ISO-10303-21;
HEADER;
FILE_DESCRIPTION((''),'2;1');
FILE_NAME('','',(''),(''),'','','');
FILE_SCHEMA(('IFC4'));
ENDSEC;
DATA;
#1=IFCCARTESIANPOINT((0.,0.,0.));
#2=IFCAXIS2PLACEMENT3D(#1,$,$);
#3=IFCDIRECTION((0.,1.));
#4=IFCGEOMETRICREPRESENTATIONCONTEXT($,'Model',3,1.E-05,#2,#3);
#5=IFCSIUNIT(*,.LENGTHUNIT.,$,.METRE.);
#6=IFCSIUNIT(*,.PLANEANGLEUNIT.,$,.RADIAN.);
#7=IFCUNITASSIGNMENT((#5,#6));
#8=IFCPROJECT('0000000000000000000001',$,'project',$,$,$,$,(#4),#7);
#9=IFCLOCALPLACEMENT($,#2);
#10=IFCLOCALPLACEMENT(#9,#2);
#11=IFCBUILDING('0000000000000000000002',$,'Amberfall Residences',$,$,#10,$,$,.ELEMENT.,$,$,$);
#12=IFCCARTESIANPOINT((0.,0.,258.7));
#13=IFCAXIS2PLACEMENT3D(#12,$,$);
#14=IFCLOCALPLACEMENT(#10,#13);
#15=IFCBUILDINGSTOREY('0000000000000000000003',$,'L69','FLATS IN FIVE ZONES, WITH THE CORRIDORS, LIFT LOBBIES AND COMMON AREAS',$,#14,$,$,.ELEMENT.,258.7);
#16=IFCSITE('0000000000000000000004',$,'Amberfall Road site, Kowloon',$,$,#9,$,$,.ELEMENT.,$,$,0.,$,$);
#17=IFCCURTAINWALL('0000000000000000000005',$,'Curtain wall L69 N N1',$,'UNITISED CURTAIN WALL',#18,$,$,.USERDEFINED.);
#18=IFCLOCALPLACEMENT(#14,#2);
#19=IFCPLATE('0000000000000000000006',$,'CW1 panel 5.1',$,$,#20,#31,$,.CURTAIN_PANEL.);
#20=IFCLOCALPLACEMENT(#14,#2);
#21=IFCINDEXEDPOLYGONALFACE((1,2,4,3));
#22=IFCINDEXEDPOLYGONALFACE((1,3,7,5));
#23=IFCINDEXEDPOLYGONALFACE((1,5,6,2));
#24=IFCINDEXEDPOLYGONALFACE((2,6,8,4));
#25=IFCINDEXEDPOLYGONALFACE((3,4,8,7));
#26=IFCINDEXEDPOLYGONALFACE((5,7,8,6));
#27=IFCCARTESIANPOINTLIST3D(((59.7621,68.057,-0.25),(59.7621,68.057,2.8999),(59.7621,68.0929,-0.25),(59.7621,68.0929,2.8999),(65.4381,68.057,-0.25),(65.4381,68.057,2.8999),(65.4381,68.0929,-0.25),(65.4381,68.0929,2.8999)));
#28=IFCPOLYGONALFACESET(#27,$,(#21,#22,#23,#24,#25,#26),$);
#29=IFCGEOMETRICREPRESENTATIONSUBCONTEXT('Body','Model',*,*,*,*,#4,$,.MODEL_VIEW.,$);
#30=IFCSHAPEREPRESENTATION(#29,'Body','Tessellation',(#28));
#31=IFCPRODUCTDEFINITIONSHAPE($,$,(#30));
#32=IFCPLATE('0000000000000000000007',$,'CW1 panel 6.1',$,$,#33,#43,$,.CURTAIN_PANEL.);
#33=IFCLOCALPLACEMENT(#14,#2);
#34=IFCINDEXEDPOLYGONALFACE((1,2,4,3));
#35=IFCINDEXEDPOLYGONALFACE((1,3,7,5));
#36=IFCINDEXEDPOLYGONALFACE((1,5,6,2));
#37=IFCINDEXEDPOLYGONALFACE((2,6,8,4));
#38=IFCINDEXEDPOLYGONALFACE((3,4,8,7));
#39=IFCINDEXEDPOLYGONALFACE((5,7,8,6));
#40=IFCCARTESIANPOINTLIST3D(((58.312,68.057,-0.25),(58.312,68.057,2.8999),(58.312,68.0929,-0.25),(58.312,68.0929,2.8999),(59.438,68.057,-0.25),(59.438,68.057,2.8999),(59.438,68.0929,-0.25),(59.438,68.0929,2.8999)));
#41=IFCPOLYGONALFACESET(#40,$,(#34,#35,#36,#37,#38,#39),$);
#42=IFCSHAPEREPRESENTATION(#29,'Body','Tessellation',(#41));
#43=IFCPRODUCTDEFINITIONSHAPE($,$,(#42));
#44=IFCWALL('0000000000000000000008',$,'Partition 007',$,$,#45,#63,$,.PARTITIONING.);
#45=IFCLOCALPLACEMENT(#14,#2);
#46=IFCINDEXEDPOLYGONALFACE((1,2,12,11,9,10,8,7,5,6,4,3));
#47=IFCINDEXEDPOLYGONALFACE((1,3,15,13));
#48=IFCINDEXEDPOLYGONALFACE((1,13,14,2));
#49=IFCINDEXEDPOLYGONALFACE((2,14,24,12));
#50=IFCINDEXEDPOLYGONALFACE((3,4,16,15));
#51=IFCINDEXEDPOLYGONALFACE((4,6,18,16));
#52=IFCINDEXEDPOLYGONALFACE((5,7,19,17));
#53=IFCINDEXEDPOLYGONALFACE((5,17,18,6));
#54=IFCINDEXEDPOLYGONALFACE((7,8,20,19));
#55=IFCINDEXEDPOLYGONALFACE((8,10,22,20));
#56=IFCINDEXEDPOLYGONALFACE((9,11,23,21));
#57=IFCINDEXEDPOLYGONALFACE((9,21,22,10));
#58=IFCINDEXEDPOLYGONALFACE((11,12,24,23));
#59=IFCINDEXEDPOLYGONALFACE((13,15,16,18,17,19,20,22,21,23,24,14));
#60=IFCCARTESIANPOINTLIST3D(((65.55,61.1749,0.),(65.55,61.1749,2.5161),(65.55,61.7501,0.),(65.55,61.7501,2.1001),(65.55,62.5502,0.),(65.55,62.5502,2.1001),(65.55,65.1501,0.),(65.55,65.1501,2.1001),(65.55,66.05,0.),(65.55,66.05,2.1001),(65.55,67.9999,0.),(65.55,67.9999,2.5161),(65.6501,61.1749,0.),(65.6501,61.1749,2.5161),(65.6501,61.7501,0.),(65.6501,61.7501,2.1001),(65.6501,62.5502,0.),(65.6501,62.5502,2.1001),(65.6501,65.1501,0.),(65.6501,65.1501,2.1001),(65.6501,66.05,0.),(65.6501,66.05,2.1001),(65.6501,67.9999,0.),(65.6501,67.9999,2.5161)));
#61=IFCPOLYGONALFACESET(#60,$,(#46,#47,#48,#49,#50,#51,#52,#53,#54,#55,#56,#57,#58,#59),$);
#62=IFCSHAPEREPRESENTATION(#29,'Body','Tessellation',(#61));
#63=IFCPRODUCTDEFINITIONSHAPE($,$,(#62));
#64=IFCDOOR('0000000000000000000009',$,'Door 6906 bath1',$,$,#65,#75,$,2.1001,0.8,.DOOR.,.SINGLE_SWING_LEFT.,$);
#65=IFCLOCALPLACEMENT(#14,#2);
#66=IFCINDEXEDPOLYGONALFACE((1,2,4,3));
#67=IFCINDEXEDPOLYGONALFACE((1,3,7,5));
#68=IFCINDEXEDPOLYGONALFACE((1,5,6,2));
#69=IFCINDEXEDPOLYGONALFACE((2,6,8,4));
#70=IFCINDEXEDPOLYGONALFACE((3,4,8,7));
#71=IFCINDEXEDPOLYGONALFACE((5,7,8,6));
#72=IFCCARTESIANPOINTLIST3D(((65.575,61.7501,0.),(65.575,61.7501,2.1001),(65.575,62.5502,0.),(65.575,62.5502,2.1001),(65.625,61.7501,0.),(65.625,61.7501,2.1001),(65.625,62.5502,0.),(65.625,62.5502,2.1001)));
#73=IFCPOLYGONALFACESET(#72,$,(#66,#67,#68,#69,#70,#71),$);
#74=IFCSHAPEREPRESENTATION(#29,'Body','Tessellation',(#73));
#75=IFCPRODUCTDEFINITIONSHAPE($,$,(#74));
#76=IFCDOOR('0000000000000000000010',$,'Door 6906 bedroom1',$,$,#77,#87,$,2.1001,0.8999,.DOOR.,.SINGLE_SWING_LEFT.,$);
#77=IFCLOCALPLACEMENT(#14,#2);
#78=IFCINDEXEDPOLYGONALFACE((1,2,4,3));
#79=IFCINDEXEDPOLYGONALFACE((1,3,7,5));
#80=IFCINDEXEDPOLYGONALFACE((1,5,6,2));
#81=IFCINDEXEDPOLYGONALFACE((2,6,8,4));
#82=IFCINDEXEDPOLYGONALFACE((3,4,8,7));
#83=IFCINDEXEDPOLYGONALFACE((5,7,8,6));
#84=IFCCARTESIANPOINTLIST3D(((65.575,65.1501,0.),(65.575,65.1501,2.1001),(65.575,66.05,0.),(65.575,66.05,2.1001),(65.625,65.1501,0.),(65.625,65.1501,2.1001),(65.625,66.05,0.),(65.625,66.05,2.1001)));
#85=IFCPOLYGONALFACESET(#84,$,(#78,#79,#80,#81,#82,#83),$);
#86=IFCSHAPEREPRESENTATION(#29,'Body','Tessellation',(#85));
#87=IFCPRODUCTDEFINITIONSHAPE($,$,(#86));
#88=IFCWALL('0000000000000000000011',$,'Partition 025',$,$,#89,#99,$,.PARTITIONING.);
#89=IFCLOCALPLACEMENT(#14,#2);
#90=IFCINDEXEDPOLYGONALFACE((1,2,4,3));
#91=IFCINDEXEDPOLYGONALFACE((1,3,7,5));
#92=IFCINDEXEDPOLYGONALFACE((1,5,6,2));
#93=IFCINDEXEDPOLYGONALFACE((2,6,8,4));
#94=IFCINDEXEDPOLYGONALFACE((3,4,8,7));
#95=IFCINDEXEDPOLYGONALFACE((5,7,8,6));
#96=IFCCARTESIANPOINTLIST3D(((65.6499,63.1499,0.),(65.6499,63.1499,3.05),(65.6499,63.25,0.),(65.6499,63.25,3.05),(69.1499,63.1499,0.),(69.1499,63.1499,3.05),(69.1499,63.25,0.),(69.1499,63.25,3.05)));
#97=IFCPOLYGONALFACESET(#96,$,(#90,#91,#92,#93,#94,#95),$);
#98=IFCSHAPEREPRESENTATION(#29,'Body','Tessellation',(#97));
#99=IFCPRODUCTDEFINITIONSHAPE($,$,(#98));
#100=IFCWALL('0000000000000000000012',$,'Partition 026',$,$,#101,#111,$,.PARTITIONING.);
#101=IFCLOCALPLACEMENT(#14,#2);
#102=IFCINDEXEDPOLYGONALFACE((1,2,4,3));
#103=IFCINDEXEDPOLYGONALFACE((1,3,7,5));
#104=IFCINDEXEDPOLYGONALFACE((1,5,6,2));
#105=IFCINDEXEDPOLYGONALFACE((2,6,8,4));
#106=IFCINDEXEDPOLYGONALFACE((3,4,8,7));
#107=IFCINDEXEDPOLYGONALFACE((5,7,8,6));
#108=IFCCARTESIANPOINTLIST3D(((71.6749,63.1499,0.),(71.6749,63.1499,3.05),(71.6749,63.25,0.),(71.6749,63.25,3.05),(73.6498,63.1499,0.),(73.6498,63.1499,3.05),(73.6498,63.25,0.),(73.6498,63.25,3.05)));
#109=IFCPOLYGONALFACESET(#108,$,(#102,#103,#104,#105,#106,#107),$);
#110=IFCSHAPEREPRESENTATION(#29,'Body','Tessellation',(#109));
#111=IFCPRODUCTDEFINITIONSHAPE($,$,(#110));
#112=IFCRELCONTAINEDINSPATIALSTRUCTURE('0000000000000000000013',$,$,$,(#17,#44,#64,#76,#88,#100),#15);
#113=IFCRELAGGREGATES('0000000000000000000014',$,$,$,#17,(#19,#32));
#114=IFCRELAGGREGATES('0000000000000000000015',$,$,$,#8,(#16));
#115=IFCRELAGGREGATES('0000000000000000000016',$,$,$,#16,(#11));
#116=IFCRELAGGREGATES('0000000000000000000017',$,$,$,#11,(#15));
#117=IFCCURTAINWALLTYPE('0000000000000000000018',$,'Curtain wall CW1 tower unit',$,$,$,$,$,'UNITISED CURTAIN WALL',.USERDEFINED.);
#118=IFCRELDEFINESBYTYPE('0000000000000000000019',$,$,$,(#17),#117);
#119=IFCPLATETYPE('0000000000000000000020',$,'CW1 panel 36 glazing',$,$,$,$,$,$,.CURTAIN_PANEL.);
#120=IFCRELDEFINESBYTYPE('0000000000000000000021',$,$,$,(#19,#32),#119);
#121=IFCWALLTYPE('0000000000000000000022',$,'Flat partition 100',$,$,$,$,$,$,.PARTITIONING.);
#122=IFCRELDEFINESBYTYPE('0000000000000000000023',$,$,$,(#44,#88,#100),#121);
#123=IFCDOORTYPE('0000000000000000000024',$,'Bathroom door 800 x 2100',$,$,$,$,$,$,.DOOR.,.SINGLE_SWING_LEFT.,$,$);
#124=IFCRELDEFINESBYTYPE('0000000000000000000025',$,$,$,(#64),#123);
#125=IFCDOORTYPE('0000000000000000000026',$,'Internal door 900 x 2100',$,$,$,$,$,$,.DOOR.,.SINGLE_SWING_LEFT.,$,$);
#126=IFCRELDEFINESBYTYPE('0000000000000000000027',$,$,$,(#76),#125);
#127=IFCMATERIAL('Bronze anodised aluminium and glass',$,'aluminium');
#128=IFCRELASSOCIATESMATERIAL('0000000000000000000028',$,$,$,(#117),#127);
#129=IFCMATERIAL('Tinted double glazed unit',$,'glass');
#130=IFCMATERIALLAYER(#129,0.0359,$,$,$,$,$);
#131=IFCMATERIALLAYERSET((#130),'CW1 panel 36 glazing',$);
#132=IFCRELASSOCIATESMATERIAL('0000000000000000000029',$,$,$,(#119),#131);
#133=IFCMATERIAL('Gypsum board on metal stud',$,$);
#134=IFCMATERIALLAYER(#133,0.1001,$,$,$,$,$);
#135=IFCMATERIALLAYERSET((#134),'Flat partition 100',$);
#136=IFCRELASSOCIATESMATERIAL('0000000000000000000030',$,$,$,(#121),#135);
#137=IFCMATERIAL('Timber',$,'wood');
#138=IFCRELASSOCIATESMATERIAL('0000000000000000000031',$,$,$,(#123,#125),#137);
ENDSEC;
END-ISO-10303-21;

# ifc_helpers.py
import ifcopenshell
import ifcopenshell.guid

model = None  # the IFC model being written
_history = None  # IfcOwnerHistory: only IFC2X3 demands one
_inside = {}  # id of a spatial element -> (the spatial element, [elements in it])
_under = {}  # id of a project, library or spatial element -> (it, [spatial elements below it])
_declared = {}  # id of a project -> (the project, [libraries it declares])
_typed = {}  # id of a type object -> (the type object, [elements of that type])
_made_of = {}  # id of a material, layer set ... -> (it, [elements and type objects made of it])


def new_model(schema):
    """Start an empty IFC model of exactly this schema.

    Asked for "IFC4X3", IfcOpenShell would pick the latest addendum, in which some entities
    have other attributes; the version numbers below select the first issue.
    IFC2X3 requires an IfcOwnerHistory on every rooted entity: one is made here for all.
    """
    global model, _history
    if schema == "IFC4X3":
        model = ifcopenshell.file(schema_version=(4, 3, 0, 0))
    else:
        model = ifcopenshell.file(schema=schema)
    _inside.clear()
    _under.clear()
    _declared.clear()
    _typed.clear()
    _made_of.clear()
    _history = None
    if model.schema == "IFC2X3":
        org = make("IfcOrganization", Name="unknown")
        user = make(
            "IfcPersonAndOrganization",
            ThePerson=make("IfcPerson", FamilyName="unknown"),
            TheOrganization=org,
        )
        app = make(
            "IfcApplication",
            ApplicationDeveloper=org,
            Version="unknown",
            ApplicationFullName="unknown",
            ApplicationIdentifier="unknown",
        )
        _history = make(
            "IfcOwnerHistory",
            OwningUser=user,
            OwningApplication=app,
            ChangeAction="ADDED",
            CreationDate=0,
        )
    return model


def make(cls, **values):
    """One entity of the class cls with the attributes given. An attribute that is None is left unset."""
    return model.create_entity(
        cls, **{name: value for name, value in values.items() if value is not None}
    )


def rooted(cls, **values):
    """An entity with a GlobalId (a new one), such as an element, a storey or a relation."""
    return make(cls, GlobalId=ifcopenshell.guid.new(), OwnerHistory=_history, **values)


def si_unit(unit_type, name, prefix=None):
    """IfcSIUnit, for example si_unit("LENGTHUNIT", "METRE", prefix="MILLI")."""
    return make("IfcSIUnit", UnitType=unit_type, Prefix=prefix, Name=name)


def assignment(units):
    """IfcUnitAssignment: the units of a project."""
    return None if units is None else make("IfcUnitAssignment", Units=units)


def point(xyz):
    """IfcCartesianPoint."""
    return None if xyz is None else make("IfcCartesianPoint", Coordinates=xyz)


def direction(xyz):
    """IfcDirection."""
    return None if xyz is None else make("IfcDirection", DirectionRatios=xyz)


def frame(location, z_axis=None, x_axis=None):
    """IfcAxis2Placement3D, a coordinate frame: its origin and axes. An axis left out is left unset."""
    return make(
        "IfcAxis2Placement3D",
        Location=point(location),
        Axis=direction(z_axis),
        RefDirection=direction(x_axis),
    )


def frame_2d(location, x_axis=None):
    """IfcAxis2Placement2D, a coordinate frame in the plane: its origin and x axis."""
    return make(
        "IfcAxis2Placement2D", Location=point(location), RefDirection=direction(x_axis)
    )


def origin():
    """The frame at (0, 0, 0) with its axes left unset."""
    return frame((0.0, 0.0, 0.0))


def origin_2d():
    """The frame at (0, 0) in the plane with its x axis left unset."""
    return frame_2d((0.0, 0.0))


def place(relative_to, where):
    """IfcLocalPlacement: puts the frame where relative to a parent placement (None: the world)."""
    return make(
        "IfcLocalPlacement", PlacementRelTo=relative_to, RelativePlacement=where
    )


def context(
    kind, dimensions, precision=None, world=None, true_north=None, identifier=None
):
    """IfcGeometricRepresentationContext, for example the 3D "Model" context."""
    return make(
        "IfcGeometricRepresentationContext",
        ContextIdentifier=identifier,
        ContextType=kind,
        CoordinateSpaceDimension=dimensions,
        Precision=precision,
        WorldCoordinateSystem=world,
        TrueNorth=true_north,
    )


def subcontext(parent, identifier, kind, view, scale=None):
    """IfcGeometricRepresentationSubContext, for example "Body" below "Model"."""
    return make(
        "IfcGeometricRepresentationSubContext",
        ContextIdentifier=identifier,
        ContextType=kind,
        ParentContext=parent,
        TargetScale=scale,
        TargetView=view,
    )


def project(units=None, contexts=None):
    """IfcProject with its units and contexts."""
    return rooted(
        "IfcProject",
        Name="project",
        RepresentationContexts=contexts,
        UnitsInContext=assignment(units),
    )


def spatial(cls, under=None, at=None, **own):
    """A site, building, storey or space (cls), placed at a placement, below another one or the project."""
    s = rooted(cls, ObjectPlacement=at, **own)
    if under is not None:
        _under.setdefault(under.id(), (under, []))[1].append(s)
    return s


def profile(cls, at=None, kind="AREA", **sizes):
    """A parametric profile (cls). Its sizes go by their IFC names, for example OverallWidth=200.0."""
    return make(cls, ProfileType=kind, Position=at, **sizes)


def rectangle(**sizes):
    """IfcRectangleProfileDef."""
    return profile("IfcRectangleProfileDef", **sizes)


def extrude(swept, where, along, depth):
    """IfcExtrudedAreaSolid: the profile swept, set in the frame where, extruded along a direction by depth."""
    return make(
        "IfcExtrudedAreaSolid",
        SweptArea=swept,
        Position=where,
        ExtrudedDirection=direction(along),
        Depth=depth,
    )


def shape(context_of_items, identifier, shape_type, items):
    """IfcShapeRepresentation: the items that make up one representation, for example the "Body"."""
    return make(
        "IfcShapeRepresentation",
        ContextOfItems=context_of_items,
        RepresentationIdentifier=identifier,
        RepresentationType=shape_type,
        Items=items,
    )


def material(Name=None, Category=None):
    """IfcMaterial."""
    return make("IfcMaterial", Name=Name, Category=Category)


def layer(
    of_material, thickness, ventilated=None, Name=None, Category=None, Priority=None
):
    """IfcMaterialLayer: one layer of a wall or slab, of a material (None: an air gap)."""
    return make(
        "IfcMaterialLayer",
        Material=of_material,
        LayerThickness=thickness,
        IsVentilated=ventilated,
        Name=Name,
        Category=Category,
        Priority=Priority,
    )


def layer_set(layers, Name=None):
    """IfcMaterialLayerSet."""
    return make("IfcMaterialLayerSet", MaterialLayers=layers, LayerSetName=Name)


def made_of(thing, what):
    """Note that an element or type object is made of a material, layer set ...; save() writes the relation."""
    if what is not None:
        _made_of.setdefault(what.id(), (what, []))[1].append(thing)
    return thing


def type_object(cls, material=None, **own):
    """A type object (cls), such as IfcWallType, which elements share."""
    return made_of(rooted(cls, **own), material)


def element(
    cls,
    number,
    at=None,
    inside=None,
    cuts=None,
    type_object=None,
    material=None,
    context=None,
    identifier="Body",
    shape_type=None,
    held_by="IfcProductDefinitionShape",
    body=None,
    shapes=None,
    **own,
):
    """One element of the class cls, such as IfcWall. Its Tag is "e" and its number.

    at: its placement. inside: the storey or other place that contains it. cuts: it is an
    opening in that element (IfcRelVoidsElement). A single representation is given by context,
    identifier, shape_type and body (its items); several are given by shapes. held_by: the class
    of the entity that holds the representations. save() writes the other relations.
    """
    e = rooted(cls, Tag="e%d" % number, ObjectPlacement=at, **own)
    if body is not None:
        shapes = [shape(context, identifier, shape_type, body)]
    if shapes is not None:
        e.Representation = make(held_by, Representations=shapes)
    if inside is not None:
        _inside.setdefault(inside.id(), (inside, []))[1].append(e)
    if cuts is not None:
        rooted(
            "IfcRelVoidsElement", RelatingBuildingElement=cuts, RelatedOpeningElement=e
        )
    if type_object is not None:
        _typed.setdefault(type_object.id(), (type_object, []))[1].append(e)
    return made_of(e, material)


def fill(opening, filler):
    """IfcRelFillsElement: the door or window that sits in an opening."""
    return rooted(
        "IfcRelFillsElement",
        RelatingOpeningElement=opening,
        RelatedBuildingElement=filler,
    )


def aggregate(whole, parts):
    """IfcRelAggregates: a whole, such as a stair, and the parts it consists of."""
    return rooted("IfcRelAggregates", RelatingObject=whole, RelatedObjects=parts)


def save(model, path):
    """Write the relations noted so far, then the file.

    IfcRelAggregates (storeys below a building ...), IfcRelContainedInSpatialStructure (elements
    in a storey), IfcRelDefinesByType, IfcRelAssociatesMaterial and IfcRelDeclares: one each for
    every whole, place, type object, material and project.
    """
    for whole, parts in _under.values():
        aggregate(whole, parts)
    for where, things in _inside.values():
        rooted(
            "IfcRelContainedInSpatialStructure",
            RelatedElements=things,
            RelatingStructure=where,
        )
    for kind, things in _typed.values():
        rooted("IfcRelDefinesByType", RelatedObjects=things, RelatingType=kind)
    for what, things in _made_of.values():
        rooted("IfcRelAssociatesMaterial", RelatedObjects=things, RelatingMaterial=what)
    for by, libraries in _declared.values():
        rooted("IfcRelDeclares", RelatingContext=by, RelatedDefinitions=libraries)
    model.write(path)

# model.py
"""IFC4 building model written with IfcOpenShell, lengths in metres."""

from ifc_helpers import new_model, si_unit, direction, frame, frame_2d, origin, origin_2d, place, context, subcontext, project, spatial, rectangle, extrude, material, layer, layer_set, type_object, element, fill, aggregate, save


model = new_model("IFC4")

# Units and contexts
model_context = context("Model", 3, precision=1e-05, world=origin(), true_north=direction((0.0, 1.0)))
body_context = subcontext(model_context, "Body", "Model", "MODEL_VIEW")
ifc_project = project(units=[si_unit("LENGTHUNIT", "METRE"), si_unit("PLANEANGLEUNIT", "RADIAN")], contexts=[model_context])

# Site, building, storey
site_placement = place(None, origin())
site = spatial("IfcSite", under=ifc_project, at=site_placement, Name="Amberfall Road site, Kowloon", CompositionType="ELEMENT", RefElevation=0.0)
building_placement = place(site_placement, origin())
building = spatial("IfcBuilding", under=site, at=building_placement, Name="Amberfall Residences", CompositionType="ELEMENT")
storey_placement = place(building_placement, frame((0.0, 0.0, 258.7)))
storey = spatial("IfcBuildingStorey", under=building, at=storey_placement, Name="L69", Description="FLATS IN FIVE ZONES, WITH THE CORRIDORS, LIFT LOBBIES AND COMMON AREAS", CompositionType="ELEMENT", Elevation=258.7)

# Curtain wall
ifc_material_1 = material(Name="Bronze anodised aluminium and glass", Category="aluminium")
curtain_wall_type = type_object("IfcCurtainWallType", Name="Curtain wall CW1 tower unit", ElementType="UNITISED CURTAIN WALL", PredefinedType="USERDEFINED", material=ifc_material_1)
curtain_wall_placement = place(storey_placement, origin())
curtain_wall = element("IfcCurtainWall", 1, at=curtain_wall_placement, inside=storey, type_object=curtain_wall_type, Name="Curtain wall L69 N N1", ObjectType="UNITISED CURTAIN WALL", PredefinedType="USERDEFINED")

# Plates
ifc_material_2 = material(Name="Tinted double glazed unit", Category="glass")
ifc_layer_1 = layer(ifc_material_2, 0.0359)
ifc_layer_set_1 = layer_set([ifc_layer_1], Name="CW1 panel 36 glazing")
plate_type = type_object("IfcPlateType", Name="CW1 panel 36 glazing", PredefinedType="CURTAIN_PANEL", material=ifc_layer_set_1)
plate_1_placement = place(storey_placement, frame((62.6001, 68.075, -0.25), z_axis=(0.0, 0.0, 1.0), x_axis=(-1.0, 0.0, 0.0)))
plate_1 = element("IfcPlate", 2, at=plate_1_placement, type_object=plate_type, Name="CW1 panel 5.1", PredefinedType="CURTAIN_PANEL", context=body_context, shape_type="SweptSolid", body=[
    extrude(rectangle(XDim=5.676, YDim=0.0359, at=origin_2d()), origin(), (0.0, 0.0, 1.0), 3.1499),
])
plate_2_placement = place(storey_placement, frame((58.875, 68.075, -0.25), z_axis=(0.0, 0.0, 1.0), x_axis=(-1.0, 0.0, 0.0)))
plate_2 = element("IfcPlate", 3, at=plate_2_placement, type_object=plate_type, Name="CW1 panel 6.1", PredefinedType="CURTAIN_PANEL", context=body_context, shape_type="SweptSolid", body=[
    extrude(rectangle(XDim=1.126, YDim=0.0359, at=origin_2d()), origin(), (0.0, 0.0, 1.0), 3.1499),
])
aggregate(curtain_wall, [plate_1, plate_2])

# Wall, openings, doors
ifc_material_3 = material(Name="Gypsum board on metal stud")
ifc_layer_2 = layer(ifc_material_3, 0.1001)
ifc_layer_set_2 = layer_set([ifc_layer_2], Name="Flat partition 100")
wall_type = type_object("IfcWallType", Name="Flat partition 100", PredefinedType="PARTITIONING", material=ifc_layer_set_2)
wall_1_placement = place(storey_placement, frame((65.6001, 68.0, 0.0), z_axis=(0.0, 0.0, 1.0), x_axis=(0.0, -1.0, 0.0)))
wall_1 = element("IfcWall", 4, at=wall_1_placement, inside=storey, type_object=wall_type, Name="Partition 007", PredefinedType="PARTITIONING", context=body_context, shape_type="SweptSolid", body=[
    extrude(rectangle(XDim=6.825, YDim=0.1001, at=frame_2d((3.4126, 0.0))), origin(), (0.0, 0.0, 1.0), 2.5161),
])
opening_1_placement = place(wall_1_placement, frame((1.95, 0.0, 0.0)))
opening_1 = element("IfcOpeningElement", 5, at=opening_1_placement, cuts=wall_1, PredefinedType="OPENING", context=body_context, shape_type="SweptSolid", body=[
    extrude(rectangle(XDim=0.8999, YDim=2.1001, at=frame_2d((0.45, 1.05))), frame((0.0, 0.0601, 0.0), z_axis=(0.0, -1.0, 0.0), x_axis=(1.0, 0.0, 0.0)), (0.0, 0.0, 1.0), 0.1201),
])
opening_2_placement = place(wall_1_placement, frame((5.45, 0.0, 0.0)))
opening_2 = element("IfcOpeningElement", 6, at=opening_2_placement, cuts=wall_1, PredefinedType="OPENING", context=body_context, shape_type="SweptSolid", body=[
    extrude(rectangle(XDim=0.8, YDim=2.1001, at=frame_2d((0.3999, 1.05))), frame((0.0, 0.0601, 0.0), z_axis=(0.0, -1.0, 0.0), x_axis=(1.0, 0.0, 0.0)), (0.0, 0.0, 1.0), 0.1201),
])
ifc_material_4 = material(Name="Timber", Category="wood")
door_type_1 = type_object("IfcDoorType", Name="Bathroom door 800 x 2100", OperationType="SINGLE_SWING_LEFT", PredefinedType="DOOR", material=ifc_material_4)
door_1_placement = place(opening_2_placement, origin())
door_1 = element("IfcDoor", 7, at=door_1_placement, inside=storey, type_object=door_type_1, Name="Door 6906 bath1", OperationType="SINGLE_SWING_LEFT", OverallHeight=2.1001, OverallWidth=0.8, PredefinedType="DOOR", context=body_context, shape_type="SweptSolid", body=[
    extrude(rectangle(XDim=0.8, YDim=2.1001, at=frame_2d((0.3999, 1.05))), frame((0.0, 0.0249, 0.0), z_axis=(0.0, -1.0, 0.0), x_axis=(1.0, 0.0, 0.0)), (0.0, 0.0, 1.0), 0.05),
])
fill(opening_2, door_1)
door_type_2 = type_object("IfcDoorType", Name="Internal door 900 x 2100", OperationType="SINGLE_SWING_LEFT", PredefinedType="DOOR", material=ifc_material_4)
door_2_placement = place(opening_1_placement, origin())
door_2 = element("IfcDoor", 8, at=door_2_placement, inside=storey, type_object=door_type_2, Name="Door 6906 bedroom1", OperationType="SINGLE_SWING_LEFT", OverallHeight=2.1001, OverallWidth=0.8999, PredefinedType="DOOR", context=body_context, shape_type="SweptSolid", body=[
    extrude(rectangle(XDim=0.8999, YDim=2.1001, at=frame_2d((0.45, 1.05))), frame((0.0, 0.0249, 0.0), z_axis=(0.0, -1.0, 0.0), x_axis=(1.0, 0.0, 0.0)), (0.0, 0.0, 1.0), 0.05),
])
fill(opening_1, door_2)

# Walls
wall_2_placement = place(storey_placement, frame((65.6499, 63.2, 0.0), z_axis=(0.0, 0.0, 1.0), x_axis=(1.0, 0.0, 0.0)))
element("IfcWall", 9, at=wall_2_placement, inside=storey, type_object=wall_type, Name="Partition 025", PredefinedType="PARTITIONING", context=body_context, shape_type="SweptSolid", body=[
    extrude(rectangle(XDim=3.5, YDim=0.1001, at=frame_2d((1.75, 0.0))), origin(), (0.0, 0.0, 1.0), 3.05),
])
wall_3_placement = place(storey_placement, frame((71.675, 63.2, 0.0), z_axis=(0.0, 0.0, 1.0), x_axis=(1.0, 0.0, 0.0)))
element("IfcWall", 10, at=wall_3_placement, inside=storey, type_object=wall_type, Name="Partition 026", PredefinedType="PARTITIONING", context=body_context, shape_type="SweptSolid", body=[
    extrude(rectangle(XDim=1.9749, YDim=0.1001, at=frame_2d((0.9873, 0.0))), origin(), (0.0, 0.0, 1.0), 3.05),
])

save(model, "model.ifc")
